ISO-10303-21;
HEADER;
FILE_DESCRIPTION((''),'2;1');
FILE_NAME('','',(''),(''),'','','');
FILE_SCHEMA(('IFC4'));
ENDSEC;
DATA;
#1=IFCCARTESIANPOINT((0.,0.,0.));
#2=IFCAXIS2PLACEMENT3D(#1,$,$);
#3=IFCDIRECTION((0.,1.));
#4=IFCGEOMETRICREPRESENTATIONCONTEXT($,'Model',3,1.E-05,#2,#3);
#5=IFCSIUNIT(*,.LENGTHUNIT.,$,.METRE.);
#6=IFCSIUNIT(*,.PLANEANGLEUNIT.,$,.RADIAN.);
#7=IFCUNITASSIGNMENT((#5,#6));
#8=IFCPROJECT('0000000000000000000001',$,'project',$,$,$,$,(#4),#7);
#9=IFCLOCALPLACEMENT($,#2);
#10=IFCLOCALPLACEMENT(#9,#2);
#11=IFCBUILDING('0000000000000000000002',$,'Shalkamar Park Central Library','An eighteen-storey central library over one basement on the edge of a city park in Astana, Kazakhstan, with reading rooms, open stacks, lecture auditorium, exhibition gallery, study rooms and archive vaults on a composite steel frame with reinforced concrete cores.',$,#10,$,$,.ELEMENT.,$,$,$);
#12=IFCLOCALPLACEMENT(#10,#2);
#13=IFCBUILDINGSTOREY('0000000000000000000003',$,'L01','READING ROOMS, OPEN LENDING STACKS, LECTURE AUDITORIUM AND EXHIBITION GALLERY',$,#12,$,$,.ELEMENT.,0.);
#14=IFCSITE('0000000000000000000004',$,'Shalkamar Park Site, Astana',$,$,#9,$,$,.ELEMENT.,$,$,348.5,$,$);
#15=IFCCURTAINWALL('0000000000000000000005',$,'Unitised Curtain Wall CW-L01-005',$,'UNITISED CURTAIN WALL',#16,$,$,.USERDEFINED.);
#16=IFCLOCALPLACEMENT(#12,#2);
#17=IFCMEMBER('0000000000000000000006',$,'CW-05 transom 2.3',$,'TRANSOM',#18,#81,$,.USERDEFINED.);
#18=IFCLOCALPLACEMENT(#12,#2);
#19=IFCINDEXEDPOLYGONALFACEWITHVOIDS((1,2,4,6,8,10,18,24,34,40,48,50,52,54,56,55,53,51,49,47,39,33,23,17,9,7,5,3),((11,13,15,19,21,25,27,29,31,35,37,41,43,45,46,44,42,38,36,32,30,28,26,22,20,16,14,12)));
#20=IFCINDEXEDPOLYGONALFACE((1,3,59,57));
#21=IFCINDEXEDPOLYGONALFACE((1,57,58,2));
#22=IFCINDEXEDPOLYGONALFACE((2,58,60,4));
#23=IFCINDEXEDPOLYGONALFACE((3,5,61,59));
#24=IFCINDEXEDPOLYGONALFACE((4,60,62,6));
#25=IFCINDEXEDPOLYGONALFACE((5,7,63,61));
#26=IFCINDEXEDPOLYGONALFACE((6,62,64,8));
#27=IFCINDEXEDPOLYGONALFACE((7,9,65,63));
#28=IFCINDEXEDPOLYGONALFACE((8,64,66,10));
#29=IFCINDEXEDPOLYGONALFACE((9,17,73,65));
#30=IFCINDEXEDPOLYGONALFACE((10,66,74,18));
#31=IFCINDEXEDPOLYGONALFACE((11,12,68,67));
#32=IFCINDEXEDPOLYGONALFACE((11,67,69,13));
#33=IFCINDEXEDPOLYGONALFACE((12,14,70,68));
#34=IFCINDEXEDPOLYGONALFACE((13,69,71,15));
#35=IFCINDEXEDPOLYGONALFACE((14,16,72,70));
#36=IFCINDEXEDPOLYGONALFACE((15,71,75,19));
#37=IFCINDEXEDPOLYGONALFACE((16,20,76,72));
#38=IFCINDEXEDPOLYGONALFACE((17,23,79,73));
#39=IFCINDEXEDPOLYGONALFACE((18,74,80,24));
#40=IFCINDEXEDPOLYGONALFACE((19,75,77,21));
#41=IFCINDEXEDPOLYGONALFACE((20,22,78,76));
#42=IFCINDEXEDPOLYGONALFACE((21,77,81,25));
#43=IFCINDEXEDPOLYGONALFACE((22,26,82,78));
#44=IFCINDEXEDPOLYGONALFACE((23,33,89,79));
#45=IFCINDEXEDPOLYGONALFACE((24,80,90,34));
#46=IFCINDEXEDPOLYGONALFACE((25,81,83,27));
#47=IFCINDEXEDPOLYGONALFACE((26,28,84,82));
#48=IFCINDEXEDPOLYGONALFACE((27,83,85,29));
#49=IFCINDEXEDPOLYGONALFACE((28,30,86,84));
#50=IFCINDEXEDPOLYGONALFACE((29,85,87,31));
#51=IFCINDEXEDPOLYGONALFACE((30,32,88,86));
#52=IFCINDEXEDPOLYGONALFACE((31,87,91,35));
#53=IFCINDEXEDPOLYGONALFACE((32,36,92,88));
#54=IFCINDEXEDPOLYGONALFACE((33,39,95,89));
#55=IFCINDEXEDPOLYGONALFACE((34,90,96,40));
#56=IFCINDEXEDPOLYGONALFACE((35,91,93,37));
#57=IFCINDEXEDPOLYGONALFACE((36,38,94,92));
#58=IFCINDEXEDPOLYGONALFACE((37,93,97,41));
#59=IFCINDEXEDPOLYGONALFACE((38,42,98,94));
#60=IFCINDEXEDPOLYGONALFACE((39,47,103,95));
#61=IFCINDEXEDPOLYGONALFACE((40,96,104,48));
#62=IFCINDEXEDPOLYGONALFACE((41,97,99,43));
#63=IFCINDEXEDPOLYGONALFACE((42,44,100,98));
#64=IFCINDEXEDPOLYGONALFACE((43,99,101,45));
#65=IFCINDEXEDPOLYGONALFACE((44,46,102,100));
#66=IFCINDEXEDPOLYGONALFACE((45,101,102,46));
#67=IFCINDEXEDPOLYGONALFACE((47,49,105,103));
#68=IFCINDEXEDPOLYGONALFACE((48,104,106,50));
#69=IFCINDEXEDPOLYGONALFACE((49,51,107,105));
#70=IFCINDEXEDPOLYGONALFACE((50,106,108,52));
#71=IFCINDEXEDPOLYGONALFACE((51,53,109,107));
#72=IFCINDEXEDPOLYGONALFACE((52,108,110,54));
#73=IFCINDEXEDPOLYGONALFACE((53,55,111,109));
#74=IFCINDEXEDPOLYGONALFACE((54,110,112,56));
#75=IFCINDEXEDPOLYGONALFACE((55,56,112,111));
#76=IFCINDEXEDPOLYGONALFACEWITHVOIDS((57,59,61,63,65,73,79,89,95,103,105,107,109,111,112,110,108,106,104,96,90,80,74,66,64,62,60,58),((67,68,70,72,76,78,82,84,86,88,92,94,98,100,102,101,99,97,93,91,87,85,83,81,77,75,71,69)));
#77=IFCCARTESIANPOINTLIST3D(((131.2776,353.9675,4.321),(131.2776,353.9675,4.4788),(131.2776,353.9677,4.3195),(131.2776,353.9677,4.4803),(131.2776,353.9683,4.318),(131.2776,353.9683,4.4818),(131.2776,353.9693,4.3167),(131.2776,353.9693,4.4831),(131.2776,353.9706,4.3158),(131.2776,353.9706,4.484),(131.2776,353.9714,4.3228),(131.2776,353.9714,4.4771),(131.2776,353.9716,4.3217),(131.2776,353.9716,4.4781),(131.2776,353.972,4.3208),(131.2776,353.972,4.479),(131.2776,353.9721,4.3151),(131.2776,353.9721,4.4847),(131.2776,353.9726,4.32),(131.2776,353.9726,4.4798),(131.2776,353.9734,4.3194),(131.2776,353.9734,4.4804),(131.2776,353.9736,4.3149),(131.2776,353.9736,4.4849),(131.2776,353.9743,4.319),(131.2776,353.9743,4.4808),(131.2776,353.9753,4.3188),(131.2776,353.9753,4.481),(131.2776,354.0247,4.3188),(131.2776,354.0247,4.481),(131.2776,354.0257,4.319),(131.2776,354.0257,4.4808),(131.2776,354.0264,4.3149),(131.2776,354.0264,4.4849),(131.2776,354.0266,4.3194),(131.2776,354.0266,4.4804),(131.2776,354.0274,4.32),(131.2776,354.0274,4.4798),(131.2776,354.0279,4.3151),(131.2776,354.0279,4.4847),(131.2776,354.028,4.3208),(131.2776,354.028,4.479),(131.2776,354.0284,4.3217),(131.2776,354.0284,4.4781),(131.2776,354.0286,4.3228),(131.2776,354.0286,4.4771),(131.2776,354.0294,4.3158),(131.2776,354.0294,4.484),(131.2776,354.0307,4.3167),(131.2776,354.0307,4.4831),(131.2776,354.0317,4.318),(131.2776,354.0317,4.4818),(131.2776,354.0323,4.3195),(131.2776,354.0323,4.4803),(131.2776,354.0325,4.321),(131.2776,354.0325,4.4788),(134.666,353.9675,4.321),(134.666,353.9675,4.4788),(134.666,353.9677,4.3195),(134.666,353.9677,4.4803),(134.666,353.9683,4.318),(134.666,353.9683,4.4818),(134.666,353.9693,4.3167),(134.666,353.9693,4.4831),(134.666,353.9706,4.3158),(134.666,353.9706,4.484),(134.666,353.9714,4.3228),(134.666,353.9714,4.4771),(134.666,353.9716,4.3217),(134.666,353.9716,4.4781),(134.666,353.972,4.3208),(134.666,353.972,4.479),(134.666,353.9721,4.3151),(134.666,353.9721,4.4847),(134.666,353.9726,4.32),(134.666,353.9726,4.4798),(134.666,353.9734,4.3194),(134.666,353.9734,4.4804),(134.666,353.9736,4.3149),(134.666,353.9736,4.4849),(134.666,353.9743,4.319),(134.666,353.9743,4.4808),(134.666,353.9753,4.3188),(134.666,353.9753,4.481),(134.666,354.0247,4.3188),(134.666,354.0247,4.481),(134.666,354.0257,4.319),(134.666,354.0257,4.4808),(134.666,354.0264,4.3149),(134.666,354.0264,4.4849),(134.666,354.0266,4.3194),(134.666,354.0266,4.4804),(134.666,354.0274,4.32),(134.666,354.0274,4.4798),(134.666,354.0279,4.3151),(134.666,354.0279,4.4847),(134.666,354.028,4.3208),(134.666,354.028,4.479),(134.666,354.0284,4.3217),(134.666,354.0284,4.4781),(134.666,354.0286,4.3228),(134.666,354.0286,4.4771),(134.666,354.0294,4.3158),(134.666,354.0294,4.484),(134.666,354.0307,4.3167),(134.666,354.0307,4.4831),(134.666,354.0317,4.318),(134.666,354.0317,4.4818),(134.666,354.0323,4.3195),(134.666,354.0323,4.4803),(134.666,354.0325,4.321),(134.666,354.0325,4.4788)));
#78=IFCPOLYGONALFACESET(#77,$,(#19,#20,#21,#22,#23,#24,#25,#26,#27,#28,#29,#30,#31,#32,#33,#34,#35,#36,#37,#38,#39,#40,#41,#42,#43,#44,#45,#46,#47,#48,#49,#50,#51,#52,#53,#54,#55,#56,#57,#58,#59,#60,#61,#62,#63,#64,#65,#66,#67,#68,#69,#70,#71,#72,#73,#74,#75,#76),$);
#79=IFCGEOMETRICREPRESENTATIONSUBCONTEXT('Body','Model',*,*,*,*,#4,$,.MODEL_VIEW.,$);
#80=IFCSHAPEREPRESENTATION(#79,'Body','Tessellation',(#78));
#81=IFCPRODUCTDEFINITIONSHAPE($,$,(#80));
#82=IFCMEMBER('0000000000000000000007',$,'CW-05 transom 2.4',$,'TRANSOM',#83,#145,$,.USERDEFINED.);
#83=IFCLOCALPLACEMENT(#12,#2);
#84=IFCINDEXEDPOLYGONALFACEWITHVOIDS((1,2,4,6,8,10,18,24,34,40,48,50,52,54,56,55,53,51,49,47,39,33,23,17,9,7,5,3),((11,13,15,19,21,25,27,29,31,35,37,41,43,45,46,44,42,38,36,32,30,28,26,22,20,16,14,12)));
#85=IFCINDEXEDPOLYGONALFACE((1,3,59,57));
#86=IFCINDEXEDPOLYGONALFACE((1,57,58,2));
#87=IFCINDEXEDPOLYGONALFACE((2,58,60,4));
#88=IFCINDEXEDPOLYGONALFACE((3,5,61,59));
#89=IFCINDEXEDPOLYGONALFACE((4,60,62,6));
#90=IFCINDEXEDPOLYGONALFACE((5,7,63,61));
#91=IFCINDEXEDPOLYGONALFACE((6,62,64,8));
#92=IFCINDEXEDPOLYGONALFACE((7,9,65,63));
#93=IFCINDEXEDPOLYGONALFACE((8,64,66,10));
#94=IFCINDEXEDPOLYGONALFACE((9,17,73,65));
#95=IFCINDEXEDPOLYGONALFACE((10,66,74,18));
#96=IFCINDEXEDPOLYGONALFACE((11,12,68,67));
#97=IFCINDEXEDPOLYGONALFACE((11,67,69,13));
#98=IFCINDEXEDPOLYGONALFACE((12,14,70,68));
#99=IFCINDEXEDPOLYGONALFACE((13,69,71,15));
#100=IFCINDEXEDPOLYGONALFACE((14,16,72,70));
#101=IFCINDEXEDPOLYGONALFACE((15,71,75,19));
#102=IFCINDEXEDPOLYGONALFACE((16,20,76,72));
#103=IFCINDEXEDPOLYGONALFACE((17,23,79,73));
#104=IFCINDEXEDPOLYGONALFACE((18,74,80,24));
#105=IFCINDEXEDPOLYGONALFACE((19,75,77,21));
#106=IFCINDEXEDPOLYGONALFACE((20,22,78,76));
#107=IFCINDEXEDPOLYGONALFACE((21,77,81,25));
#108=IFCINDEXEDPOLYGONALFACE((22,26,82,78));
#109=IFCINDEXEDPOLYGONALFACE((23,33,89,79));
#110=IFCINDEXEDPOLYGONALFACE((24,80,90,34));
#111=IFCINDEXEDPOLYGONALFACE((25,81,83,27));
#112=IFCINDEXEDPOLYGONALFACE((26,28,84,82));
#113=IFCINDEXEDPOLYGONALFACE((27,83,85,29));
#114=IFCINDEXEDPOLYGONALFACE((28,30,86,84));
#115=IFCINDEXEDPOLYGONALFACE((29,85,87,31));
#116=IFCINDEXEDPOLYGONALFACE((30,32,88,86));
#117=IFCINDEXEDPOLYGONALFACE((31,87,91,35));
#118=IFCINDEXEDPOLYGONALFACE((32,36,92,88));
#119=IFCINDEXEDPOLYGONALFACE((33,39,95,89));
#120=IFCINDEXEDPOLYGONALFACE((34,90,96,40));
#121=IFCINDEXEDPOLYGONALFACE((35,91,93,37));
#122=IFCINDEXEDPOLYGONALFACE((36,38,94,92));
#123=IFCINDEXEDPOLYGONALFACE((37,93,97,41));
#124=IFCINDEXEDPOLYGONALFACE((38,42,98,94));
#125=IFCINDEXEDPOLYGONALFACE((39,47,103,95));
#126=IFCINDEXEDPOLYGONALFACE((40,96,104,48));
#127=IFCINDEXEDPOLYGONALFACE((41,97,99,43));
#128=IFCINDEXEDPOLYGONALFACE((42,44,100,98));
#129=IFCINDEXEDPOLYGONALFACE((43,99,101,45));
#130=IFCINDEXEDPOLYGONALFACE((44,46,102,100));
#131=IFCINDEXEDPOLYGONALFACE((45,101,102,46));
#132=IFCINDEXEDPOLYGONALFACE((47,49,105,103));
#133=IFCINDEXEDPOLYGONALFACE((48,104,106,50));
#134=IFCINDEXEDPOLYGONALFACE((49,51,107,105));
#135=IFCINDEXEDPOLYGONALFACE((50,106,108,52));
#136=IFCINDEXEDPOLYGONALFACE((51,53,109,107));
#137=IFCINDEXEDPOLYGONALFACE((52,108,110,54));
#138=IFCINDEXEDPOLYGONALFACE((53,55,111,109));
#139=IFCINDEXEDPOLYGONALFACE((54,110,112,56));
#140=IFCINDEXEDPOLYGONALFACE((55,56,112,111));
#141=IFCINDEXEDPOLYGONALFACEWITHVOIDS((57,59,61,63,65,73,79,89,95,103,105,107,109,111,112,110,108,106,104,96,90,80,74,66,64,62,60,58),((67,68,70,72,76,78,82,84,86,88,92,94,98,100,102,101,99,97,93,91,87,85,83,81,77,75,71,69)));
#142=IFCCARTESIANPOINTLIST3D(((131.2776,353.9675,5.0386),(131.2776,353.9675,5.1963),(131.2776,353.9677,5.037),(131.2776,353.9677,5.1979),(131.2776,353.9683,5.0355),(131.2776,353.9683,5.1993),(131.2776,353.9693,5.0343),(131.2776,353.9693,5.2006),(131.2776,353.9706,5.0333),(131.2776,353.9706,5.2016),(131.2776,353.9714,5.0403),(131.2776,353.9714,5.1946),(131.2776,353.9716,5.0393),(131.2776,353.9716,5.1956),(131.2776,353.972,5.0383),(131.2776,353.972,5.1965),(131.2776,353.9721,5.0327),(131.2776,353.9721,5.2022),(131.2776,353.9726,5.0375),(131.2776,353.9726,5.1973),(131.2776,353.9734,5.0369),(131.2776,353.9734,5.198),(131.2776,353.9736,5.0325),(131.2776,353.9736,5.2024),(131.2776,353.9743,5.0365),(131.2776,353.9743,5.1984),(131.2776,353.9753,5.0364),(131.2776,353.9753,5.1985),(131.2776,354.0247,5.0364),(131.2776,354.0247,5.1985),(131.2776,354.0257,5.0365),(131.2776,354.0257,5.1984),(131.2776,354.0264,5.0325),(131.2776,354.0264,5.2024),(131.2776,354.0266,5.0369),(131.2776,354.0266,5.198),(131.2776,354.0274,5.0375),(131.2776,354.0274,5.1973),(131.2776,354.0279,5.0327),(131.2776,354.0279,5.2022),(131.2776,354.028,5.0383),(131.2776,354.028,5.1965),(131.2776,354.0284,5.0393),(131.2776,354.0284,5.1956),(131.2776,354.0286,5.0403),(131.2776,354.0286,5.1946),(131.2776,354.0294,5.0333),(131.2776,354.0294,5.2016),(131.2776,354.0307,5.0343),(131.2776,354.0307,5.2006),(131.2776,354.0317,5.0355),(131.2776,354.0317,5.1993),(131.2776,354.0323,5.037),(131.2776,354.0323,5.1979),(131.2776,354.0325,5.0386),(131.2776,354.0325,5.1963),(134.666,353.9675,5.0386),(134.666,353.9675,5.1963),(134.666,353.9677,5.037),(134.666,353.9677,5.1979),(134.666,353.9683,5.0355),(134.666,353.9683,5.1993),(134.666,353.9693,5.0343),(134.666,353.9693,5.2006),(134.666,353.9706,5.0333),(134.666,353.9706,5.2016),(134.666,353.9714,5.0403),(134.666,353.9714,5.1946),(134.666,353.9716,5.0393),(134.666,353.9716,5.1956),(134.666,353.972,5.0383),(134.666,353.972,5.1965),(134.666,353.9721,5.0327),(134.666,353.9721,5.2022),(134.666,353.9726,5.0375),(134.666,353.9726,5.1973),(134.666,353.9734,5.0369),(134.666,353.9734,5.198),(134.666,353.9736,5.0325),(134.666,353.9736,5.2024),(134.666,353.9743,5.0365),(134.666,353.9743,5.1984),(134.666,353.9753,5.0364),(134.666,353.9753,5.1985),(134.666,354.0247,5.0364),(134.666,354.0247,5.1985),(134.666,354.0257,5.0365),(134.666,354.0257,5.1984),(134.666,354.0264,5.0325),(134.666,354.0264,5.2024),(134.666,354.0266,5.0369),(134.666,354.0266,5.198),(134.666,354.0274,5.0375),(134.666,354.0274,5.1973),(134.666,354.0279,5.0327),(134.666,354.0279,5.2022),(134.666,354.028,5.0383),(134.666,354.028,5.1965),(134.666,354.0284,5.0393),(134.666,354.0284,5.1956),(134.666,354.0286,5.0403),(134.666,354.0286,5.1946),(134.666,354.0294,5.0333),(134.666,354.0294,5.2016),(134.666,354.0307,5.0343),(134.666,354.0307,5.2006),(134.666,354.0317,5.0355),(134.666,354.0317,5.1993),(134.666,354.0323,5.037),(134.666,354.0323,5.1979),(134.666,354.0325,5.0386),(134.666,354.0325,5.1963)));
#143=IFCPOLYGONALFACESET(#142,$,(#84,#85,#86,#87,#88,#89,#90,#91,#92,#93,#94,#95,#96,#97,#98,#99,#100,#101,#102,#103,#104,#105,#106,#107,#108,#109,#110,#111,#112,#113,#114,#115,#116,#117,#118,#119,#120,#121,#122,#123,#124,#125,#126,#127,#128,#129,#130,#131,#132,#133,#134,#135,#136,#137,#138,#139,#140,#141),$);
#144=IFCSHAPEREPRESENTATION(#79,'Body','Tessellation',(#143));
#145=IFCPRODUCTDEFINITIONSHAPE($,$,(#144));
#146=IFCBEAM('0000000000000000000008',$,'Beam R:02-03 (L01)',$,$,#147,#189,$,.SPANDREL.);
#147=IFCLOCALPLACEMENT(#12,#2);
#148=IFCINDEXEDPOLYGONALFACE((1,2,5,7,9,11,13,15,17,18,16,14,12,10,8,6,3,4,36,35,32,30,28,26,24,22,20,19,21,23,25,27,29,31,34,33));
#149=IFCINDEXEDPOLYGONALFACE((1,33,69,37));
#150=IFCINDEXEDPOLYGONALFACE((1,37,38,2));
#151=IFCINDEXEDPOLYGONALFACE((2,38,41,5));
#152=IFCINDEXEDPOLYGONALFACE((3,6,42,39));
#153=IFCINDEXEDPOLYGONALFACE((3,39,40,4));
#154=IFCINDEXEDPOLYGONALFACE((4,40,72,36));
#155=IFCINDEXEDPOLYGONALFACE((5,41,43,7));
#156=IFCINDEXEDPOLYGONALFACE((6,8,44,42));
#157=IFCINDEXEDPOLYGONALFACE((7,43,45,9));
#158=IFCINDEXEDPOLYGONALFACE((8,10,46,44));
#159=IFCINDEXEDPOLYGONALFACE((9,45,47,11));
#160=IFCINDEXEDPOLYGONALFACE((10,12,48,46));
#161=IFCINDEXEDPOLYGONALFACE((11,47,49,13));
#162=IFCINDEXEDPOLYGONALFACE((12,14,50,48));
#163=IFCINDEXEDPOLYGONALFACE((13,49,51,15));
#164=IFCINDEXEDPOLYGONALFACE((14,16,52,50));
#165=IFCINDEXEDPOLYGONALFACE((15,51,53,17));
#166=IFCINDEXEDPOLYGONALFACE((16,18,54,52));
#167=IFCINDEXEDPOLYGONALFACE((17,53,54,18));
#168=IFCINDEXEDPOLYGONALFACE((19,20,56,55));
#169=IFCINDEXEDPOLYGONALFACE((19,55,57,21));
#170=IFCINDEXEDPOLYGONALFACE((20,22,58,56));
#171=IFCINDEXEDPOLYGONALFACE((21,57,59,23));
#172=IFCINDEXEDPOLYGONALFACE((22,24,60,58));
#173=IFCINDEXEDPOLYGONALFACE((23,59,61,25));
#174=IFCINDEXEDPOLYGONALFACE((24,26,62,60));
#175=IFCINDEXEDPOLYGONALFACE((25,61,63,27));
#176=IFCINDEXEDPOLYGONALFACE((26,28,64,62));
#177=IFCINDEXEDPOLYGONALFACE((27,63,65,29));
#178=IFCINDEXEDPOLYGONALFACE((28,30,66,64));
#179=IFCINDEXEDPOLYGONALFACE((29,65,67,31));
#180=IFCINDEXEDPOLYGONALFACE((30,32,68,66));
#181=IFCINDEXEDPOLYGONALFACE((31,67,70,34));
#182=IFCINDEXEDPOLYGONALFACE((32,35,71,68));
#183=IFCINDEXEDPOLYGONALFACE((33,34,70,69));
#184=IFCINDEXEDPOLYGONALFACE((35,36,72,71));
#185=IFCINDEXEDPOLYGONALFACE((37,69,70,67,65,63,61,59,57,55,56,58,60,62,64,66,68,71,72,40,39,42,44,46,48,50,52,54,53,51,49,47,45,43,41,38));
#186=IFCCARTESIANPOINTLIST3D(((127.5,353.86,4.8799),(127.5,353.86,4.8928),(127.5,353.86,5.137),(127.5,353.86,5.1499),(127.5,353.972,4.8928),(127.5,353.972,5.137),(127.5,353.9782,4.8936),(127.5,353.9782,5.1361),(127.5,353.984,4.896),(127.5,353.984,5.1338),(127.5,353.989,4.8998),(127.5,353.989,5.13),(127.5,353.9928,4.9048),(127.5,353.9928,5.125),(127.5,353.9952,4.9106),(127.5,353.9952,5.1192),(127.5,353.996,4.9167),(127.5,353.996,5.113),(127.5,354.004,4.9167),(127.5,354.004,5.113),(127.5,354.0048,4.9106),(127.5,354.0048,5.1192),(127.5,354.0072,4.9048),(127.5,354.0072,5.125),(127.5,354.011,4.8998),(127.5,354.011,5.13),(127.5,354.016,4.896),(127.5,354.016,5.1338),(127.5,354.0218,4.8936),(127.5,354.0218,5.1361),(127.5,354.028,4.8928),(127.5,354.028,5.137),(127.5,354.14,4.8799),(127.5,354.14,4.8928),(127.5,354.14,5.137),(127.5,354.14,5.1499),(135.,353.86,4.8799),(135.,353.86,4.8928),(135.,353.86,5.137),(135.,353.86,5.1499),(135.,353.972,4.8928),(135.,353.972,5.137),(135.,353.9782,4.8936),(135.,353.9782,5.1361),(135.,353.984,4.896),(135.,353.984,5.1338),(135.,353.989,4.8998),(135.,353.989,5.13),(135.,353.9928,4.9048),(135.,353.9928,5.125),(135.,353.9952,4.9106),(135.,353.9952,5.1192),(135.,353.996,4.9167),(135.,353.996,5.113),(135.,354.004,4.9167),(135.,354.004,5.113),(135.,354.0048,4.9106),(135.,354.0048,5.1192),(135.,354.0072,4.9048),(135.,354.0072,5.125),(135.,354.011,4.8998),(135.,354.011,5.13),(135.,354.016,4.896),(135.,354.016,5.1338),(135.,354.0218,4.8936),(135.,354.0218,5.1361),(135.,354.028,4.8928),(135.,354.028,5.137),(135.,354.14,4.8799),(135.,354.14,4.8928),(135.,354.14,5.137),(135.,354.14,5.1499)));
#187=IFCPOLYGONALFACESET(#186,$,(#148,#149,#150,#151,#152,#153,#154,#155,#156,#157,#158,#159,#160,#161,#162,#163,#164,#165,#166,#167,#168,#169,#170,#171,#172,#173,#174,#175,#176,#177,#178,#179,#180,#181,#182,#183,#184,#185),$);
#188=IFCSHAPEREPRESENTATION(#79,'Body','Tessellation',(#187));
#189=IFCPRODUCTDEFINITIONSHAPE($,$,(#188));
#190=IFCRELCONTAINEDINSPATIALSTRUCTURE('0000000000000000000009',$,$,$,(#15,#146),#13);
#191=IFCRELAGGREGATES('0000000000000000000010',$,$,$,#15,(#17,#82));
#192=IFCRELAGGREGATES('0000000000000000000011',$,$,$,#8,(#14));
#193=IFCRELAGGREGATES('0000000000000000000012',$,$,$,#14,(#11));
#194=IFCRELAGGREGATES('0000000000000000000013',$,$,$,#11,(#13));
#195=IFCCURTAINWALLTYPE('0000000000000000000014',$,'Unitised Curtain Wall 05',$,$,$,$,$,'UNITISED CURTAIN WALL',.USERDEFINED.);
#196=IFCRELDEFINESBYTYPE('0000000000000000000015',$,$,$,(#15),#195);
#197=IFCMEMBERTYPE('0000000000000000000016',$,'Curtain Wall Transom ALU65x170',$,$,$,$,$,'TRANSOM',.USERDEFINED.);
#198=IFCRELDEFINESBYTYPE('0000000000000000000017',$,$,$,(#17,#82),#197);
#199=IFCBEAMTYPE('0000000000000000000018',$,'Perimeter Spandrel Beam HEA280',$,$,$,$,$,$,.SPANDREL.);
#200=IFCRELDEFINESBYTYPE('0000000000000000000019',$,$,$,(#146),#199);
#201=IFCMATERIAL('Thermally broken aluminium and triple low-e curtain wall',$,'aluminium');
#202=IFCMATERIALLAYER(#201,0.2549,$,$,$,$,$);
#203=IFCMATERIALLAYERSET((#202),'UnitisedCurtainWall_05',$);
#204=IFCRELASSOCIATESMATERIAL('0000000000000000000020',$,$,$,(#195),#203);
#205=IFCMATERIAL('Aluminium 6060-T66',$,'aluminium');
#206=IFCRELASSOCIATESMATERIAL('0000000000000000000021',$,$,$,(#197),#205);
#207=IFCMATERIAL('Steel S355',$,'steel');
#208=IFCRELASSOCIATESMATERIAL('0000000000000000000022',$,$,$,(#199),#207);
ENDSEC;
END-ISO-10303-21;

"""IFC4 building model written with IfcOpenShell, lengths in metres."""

from ifc_helpers import new_model, si_unit, direction, frame, origin, origin_2d, place, context, subcontext, project, spatial, hollow_rectangle, i_section, extrude, material, layer, layer_set, material_profile, profile_set, type_object, element, aggregate, save


model = new_model("IFC4")

# Units and contexts
model_context = context("Model", 3, precision=1e-05, world=origin(), true_north=direction((0.0, 1.0)))
body_context = subcontext(model_context, "Body", "Model", "MODEL_VIEW")
ifc_project = project(units=[si_unit("LENGTHUNIT", "METRE"), si_unit("PLANEANGLEUNIT", "RADIAN")], contexts=[model_context])

# Site, building, storey
site_placement = place(None, origin())
site = spatial("IfcSite", under=ifc_project, at=site_placement, Name="Shalkamar Park Site, Astana", CompositionType="ELEMENT", RefElevation=348.5)
building_placement = place(site_placement, origin())
building = spatial("IfcBuilding", under=site, at=building_placement, Name="Shalkamar Park Central Library", Description="An eighteen-storey central library over one basement on the edge of a city park in Astana, Kazakhstan, with reading rooms, open stacks, lecture auditorium, exhibition gallery, study rooms and archive vaults on a composite steel frame with reinforced concrete cores.", CompositionType="ELEMENT")
storey_placement = place(building_placement, origin())
storey = spatial("IfcBuildingStorey", under=building, at=storey_placement, Name="L01", Description="READING ROOMS, OPEN LENDING STACKS, LECTURE AUDITORIUM AND EXHIBITION GALLERY", CompositionType="ELEMENT", Elevation=0.0)

# Shared definitions
ifc_material_1 = material(Name="Steel S355", Category="steel")

# Curtain wall
ifc_material_2 = material(Name="Thermally broken aluminium and triple low-e curtain wall", Category="aluminium")
ifc_material_3 = material(Name="Aluminium 6060-T66", Category="aluminium")
ifc_layer_1 = layer(ifc_material_2, 0.2549)
ifc_layer_set_1 = layer_set([ifc_layer_1], Name="UnitisedCurtainWall_05")
curtain_wall_type_1 = type_object("IfcCurtainWallType", Name="Unitised Curtain Wall 05", ElementType="UNITISED CURTAIN WALL", PredefinedType="USERDEFINED", material=ifc_layer_set_1)
curtain_wall_1_placement = place(storey_placement, origin())
curtain_wall_1 = element("IfcCurtainWall", 1, at=curtain_wall_1_placement, inside=storey, type_object=curtain_wall_type_1, Name="Unitised Curtain Wall CW-L01-005", ObjectType="UNITISED CURTAIN WALL", PredefinedType="USERDEFINED")

# Members
ifc_material_profile_1 = material_profile(ifc_material_3, hollow_rectangle(XDim=0.0649, YDim=0.1699, WallThickness=0.0039, InnerFilletRadius=0.0039, OuterFilletRadius=0.0061, at=origin_2d()), Name="ALU 65x170x4")
ifc_profile_set_1 = profile_set([ifc_material_profile_1], Name="Aluminium 6060-T66")
member_type_1 = type_object("IfcMemberType", Name="Curtain Wall Transom ALU65x170", ElementType="TRANSOM", PredefinedType="USERDEFINED", material=ifc_profile_set_1)
member_1_placement = place(storey_placement, frame((131.2776, 354.0, 4.3999), z_axis=(1.0, 0.0, 0.0), x_axis=(0.0, 1.0, 0.0)))
member_1 = element("IfcMember", 2, at=member_1_placement, type_object=member_type_1, Name="CW-05 transom 2.3", ObjectType="TRANSOM", PredefinedType="USERDEFINED", context=body_context, shape_type="SweptSolid", body=[
    extrude(hollow_rectangle(XDim=0.0649, YDim=0.1699, WallThickness=0.0039, InnerFilletRadius=0.0039, OuterFilletRadius=0.0061, at=origin_2d()), origin(), (0.0, 0.0, 1.0), 3.3884),
])
member_2_placement = place(storey_placement, frame((131.2776, 354.0, 5.1174), z_axis=(1.0, 0.0, 0.0), x_axis=(0.0, 1.0, 0.0)))
member_2 = element("IfcMember", 3, at=member_2_placement, type_object=member_type_1, Name="CW-05 transom 2.4", ObjectType="TRANSOM", PredefinedType="USERDEFINED", context=body_context, shape_type="SweptSolid", body=[
    extrude(hollow_rectangle(XDim=0.0649, YDim=0.1699, WallThickness=0.0039, InnerFilletRadius=0.0039, OuterFilletRadius=0.0061, at=origin_2d()), origin(), (0.0, 0.0, 1.0), 3.3884),
])

# Beam
ifc_material_profile_2 = material_profile(ifc_material_1, i_section(OverallWidth=0.28, OverallDepth=0.27, WebThickness=0.0081, FlangeThickness=0.0129, FilletRadius=0.0239, at=origin_2d()), Name="HEA 280")
ifc_profile_set_2 = profile_set([ifc_material_profile_2], Name="Steel S355")
beam_type = type_object("IfcBeamType", Name="Perimeter Spandrel Beam HEA280", PredefinedType="SPANDREL", material=ifc_profile_set_2)
beam_placement = place(storey_placement, frame((127.5, 354.0, 5.0149), z_axis=(1.0, 0.0, 0.0), x_axis=(0.0, 1.0, 0.0)))
element("IfcBeam", 4, at=beam_placement, inside=storey, type_object=beam_type, Name="Beam R:02-03 (L01)", PredefinedType="SPANDREL", context=body_context, shape_type="SweptSolid", body=[
    extrude(i_section(OverallWidth=0.28, OverallDepth=0.27, WebThickness=0.0081, FlangeThickness=0.0129, FilletRadius=0.0239, at=origin_2d()), origin(), (0.0, 0.0, 1.0), 7.5),
])

aggregate(curtain_wall_1, [member_1, member_2])

save(model, "model.ifc")
